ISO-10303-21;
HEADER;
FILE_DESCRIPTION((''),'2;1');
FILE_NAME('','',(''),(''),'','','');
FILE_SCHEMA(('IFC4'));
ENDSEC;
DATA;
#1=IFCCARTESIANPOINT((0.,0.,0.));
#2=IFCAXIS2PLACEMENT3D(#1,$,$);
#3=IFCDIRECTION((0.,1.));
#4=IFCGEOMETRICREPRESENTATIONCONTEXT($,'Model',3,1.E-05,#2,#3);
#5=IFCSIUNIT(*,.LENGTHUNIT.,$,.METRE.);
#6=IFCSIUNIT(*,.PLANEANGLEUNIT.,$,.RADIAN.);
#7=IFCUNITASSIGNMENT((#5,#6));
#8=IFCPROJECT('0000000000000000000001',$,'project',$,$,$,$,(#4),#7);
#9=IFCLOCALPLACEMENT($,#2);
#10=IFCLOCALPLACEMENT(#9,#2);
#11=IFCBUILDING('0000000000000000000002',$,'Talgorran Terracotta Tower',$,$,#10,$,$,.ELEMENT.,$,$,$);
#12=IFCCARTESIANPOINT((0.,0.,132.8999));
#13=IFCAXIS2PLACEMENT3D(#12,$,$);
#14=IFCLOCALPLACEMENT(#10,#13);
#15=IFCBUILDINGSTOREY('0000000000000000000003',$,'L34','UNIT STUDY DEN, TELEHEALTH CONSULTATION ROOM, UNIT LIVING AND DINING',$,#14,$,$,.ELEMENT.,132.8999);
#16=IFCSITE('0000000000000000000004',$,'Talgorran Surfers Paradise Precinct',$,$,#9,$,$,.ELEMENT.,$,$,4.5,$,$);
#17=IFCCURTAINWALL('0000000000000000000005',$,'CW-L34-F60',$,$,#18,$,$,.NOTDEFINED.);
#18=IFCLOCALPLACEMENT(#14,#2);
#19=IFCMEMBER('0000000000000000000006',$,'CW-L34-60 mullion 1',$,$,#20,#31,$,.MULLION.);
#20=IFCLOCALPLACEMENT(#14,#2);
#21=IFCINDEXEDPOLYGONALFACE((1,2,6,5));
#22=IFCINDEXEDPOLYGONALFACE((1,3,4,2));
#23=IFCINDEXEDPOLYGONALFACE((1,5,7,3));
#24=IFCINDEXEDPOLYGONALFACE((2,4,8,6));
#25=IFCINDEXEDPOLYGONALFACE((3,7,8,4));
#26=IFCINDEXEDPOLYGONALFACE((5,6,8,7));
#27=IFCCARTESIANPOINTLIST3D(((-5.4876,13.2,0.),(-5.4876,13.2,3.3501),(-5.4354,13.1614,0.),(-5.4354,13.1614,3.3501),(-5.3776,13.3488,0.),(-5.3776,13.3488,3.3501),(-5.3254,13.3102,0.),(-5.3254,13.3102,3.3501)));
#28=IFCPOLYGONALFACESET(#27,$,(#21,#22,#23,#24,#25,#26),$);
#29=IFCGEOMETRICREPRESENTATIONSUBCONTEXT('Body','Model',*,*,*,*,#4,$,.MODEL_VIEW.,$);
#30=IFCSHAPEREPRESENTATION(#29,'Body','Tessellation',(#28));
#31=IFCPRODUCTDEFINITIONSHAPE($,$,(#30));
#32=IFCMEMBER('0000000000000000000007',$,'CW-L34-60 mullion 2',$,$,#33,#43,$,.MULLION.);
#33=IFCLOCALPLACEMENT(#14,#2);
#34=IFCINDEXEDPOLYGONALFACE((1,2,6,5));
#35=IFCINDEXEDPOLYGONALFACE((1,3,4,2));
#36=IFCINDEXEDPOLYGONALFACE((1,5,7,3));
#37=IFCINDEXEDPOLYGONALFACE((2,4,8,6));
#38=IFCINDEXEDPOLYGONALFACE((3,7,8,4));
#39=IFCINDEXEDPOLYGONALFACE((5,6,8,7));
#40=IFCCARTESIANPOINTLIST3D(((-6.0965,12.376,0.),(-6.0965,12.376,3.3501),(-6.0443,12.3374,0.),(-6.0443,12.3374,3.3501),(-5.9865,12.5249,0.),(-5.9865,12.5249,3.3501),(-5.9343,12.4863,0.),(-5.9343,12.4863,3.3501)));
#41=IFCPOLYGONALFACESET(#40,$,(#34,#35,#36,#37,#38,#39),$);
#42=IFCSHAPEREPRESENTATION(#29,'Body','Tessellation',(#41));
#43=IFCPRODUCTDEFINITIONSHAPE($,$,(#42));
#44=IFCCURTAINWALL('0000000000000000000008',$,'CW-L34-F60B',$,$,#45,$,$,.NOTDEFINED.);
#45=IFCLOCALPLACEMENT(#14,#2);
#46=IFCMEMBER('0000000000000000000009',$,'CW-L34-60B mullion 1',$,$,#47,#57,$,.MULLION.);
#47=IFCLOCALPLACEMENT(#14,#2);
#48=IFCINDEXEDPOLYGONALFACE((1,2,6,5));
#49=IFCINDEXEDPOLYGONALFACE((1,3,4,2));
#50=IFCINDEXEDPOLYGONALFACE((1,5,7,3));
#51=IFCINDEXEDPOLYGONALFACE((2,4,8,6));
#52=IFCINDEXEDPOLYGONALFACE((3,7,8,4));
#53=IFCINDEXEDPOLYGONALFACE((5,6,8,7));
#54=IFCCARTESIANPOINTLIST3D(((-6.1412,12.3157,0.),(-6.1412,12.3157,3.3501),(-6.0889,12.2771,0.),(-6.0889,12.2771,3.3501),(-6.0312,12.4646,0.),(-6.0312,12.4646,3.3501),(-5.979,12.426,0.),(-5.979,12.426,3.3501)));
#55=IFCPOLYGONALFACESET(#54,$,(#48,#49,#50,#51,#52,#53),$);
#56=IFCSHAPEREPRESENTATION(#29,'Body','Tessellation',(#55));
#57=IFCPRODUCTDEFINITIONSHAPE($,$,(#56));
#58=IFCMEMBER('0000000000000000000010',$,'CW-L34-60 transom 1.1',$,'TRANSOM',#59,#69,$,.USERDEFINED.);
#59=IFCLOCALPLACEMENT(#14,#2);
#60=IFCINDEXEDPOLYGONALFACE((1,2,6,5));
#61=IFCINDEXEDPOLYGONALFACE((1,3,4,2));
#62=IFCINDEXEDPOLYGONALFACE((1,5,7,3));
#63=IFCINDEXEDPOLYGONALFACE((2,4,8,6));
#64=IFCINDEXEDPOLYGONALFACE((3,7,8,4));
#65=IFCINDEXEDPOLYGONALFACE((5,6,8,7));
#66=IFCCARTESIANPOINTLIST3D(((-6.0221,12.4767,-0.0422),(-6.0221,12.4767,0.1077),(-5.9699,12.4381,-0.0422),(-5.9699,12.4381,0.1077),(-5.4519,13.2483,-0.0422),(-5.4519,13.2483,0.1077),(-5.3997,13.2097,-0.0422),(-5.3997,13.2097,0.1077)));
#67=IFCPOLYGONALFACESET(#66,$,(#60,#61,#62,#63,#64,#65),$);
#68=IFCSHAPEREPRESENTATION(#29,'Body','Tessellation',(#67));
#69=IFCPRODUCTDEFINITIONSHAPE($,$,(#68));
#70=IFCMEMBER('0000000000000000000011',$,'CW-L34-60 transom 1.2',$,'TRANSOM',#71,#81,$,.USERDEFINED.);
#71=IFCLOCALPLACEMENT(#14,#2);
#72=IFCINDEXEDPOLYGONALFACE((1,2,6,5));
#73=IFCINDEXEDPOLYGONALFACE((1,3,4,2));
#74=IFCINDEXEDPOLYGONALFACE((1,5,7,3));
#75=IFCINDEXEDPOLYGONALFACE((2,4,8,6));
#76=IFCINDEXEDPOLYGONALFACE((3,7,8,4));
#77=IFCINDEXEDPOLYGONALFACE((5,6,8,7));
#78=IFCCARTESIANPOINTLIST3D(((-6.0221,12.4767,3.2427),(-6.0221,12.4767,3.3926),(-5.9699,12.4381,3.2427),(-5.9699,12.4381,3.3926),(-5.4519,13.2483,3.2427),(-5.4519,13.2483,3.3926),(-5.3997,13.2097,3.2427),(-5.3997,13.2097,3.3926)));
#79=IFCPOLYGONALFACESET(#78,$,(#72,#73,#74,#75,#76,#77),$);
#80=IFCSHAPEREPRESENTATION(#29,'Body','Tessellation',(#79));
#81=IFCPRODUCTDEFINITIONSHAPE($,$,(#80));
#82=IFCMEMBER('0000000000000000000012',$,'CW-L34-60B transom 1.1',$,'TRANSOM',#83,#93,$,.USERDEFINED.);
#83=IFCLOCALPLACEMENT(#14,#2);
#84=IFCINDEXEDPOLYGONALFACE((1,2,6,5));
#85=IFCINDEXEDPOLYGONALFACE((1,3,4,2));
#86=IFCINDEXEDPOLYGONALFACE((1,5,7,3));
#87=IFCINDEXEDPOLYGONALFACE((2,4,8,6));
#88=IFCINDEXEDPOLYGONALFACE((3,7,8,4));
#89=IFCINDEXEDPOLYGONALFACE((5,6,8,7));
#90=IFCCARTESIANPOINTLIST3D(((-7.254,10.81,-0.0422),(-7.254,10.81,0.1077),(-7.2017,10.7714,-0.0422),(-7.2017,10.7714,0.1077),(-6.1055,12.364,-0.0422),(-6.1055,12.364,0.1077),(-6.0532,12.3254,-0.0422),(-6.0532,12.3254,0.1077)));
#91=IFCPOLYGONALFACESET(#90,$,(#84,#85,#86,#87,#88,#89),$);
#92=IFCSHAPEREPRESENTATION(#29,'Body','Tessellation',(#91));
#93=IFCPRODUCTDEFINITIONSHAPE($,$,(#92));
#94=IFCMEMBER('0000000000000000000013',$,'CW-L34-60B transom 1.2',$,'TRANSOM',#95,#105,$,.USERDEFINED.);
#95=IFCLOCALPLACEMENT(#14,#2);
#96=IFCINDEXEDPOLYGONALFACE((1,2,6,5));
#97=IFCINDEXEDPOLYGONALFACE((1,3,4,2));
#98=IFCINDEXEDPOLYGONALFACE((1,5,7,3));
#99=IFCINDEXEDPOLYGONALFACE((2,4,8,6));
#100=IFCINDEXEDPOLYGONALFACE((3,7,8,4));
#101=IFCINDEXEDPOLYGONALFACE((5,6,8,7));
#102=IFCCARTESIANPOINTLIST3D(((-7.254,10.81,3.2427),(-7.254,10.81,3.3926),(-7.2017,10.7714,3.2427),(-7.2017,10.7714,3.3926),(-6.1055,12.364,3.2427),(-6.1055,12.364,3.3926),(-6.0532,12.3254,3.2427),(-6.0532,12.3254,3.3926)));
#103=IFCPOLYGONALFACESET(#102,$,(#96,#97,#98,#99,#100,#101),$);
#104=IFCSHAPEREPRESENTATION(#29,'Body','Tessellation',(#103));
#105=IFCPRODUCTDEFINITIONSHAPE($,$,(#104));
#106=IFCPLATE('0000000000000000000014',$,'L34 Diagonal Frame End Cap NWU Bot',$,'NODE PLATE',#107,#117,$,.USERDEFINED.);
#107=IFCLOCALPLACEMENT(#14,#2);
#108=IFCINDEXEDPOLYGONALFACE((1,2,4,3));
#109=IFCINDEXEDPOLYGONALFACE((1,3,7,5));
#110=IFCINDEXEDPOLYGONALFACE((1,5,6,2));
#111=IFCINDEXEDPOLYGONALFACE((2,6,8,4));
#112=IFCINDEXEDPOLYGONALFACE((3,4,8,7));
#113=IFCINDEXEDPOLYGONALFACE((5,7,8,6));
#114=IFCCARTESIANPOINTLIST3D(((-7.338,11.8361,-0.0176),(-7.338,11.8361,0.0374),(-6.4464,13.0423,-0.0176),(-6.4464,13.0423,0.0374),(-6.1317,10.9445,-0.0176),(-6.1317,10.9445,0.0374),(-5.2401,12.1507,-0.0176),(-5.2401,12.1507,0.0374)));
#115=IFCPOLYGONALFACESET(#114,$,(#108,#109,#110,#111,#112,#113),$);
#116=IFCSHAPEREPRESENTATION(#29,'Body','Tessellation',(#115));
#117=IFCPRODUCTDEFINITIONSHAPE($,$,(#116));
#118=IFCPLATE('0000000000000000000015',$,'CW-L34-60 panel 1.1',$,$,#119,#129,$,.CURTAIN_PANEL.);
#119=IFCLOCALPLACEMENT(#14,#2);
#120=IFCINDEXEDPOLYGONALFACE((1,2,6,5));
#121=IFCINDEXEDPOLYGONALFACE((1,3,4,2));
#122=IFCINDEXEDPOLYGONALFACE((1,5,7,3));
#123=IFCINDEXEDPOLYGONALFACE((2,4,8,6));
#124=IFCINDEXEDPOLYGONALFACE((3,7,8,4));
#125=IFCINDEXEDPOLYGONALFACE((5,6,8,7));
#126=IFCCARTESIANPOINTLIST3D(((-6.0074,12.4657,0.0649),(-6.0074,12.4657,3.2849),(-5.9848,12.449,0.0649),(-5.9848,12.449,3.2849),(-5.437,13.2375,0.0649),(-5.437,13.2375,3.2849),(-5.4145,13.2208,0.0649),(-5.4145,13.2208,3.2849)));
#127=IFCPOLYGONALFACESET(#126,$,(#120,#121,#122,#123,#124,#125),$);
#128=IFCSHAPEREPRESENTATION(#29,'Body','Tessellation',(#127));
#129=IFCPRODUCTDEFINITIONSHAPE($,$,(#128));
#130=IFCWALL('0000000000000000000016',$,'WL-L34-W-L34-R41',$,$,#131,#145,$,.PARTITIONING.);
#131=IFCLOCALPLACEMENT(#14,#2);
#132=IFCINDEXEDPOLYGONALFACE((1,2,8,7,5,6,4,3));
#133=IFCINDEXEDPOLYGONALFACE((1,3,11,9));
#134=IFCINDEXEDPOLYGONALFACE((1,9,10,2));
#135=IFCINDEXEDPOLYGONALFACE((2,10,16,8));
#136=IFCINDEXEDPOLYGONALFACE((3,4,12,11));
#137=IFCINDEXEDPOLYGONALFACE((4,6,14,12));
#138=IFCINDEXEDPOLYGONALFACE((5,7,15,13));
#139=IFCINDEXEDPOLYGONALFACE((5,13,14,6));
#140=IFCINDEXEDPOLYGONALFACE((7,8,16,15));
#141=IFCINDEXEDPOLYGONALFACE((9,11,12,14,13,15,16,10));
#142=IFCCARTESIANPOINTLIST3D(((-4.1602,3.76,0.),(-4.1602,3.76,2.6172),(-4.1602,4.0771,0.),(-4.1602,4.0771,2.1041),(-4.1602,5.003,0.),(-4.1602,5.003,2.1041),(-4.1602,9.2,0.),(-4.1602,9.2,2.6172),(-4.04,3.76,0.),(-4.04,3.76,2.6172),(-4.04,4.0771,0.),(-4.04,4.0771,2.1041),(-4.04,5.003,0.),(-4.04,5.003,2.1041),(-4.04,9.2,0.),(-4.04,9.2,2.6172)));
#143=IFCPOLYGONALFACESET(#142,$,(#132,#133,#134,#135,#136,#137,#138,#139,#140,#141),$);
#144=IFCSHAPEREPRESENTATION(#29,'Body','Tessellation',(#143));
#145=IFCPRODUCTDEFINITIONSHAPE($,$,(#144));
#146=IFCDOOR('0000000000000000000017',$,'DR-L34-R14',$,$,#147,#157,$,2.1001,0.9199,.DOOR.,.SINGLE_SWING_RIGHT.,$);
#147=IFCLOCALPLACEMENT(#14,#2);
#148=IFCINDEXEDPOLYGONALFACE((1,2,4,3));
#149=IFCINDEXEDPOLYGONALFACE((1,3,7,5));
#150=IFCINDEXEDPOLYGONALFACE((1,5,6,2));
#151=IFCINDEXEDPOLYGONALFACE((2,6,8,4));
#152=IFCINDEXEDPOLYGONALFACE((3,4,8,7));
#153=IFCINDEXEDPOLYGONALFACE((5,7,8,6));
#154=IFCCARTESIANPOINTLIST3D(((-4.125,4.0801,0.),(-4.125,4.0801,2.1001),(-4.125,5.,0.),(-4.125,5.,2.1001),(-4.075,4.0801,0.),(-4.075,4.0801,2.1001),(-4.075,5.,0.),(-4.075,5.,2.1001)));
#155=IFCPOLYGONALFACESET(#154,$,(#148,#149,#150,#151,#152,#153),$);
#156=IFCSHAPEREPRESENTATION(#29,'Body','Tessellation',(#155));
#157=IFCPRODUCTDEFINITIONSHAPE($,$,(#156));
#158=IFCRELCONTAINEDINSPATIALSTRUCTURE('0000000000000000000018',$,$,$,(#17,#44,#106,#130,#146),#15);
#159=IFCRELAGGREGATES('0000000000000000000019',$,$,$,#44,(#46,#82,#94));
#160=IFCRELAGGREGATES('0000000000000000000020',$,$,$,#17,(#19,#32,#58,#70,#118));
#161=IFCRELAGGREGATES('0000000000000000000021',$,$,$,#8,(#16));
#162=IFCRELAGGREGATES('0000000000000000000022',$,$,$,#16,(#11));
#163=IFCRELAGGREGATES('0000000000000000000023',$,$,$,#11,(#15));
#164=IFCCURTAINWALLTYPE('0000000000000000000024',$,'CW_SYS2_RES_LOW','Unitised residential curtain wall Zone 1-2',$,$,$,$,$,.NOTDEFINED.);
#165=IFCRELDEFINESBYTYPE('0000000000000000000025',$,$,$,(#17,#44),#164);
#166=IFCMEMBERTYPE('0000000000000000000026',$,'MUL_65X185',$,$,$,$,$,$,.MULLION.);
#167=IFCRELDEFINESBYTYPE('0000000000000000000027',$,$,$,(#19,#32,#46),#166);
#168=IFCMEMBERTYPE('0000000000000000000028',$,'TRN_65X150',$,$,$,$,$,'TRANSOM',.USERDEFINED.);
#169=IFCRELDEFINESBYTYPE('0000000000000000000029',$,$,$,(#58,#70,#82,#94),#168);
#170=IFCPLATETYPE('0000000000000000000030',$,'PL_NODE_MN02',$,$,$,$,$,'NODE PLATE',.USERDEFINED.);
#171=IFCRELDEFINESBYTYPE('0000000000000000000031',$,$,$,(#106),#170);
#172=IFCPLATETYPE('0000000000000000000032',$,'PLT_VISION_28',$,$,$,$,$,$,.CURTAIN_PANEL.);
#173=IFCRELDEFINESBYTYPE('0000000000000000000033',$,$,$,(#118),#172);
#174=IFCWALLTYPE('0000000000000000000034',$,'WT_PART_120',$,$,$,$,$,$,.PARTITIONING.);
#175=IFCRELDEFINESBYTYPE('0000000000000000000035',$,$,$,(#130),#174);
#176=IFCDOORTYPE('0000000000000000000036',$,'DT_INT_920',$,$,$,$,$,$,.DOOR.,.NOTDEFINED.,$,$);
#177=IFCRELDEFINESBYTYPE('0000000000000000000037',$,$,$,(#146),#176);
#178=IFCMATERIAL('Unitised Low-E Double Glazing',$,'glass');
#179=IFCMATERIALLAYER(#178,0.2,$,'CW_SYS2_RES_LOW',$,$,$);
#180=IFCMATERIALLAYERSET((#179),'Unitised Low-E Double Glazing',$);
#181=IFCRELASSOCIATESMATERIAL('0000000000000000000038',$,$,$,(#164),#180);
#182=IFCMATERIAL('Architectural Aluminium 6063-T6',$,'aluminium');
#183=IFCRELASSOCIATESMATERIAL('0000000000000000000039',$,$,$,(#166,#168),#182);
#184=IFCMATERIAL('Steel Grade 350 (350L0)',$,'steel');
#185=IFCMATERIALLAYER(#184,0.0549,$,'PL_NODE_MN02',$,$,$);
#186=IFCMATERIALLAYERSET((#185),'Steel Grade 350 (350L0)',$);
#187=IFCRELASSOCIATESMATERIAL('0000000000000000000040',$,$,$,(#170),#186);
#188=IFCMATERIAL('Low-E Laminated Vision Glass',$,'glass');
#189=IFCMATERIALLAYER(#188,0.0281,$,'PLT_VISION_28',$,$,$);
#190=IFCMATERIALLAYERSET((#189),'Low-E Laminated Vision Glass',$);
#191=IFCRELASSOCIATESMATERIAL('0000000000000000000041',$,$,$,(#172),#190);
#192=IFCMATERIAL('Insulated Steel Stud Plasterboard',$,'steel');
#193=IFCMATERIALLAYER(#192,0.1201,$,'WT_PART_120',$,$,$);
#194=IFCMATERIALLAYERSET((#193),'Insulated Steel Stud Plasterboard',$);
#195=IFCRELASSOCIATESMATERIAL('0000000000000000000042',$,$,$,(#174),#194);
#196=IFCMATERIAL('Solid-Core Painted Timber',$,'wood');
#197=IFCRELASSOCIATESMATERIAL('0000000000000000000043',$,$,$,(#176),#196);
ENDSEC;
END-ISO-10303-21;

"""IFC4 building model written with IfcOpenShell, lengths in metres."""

from ifc_helpers import new_model, si_unit, direction, frame, frame_2d, origin, origin_2d, place, context, subcontext, project, spatial, rectangle, extrude, source, transform, mapped, material, layer, layer_set, material_profile, profile_set, type_object, type_shapes, element, fill, aggregate, save


model = new_model("IFC4")

# Units and contexts
model_context = context("Model", 3, precision=1e-05, world=origin(), true_north=direction((0.0, 1.0)))
body_context = subcontext(model_context, "Body", "Model", "MODEL_VIEW")
ifc_project = project(units=[si_unit("LENGTHUNIT", "METRE"), si_unit("PLANEANGLEUNIT", "RADIAN")], contexts=[model_context])

# Site, building, storey
site_placement = place(None, origin())
site = spatial("IfcSite", under=ifc_project, at=site_placement, Name="Talgorran Surfers Paradise Precinct", CompositionType="ELEMENT", RefElevation=4.5)
building_placement = place(site_placement, origin())
building = spatial("IfcBuilding", under=site, at=building_placement, Name="Talgorran Terracotta Tower", CompositionType="ELEMENT")
storey_placement = place(building_placement, frame((0.0, 0.0, 132.8999)))
storey = spatial("IfcBuildingStorey", under=building, at=storey_placement, Name="L34", Description="UNIT STUDY DEN, TELEHEALTH CONSULTATION ROOM, UNIT LIVING AND DINING", CompositionType="ELEMENT", Elevation=132.8999)

# Shared definitions
ifc_material_1 = material(Name="Steel Grade 350 (350L0)", Category="steel")

# Shared definitions
ifc_material_2 = material(Name="Unitised Low-E Double Glazing", Category="glass")
ifc_layer_1 = layer(ifc_material_2, 0.2, Name="CW_SYS2_RES_LOW")
ifc_layer_set_1 = layer_set([ifc_layer_1], Name="Unitised Low-E Double Glazing")
curtain_wall_type = type_object("IfcCurtainWallType", Name="CW_SYS2_RES_LOW", Description="Unitised residential curtain wall Zone 1-2", PredefinedType="NOTDEFINED", material=ifc_layer_set_1)
ifc_material_3 = material(Name="Architectural Aluminium 6063-T6", Category="aluminium")
ifc_material_profile_1 = material_profile(ifc_material_3, rectangle(XDim=0.0649, YDim=0.1851, at=origin_2d()), Name="CWM65X185")
ifc_profile_set_1 = profile_set([ifc_material_profile_1], Name="Architectural Aluminium 6063-T6")
member_type_1 = type_object("IfcMemberType", Name="MUL_65X185", PredefinedType="MULLION", material=ifc_profile_set_1)

# Curtain wall, members
curtain_wall_1_placement = place(storey_placement, origin())
curtain_wall_1 = element("IfcCurtainWall", 1, at=curtain_wall_1_placement, inside=storey, type_object=curtain_wall_type, Name="CW-L34-F60", PredefinedType="NOTDEFINED")
member_1_placement = place(storey_placement, frame((-5.4065, 13.2551, 0.0), z_axis=(0.0, 0.0, 1.0), x_axis=(0.80422, -0.594332, 0.0)))
member_1 = element("IfcMember", 2, at=member_1_placement, type_object=member_type_1, Name="CW-L34-60 mullion 1", PredefinedType="MULLION", context=body_context, shape_type="SweptSolid", body=[
    extrude(rectangle(XDim=0.0649, YDim=0.1851, at=origin_2d()), origin(), (0.0, 0.0, 1.0), 3.3501),
])
member_2_placement = place(storey_placement, frame((-6.0154, 12.4312, 0.0), z_axis=(0.0, 0.0, 1.0), x_axis=(0.80422, -0.594332, 0.0)))
member_2 = element("IfcMember", 3, at=member_2_placement, type_object=member_type_1, Name="CW-L34-60 mullion 2", PredefinedType="MULLION", context=body_context, shape_type="SweptSolid", body=[
    extrude(rectangle(XDim=0.0649, YDim=0.1851, at=origin_2d()), origin(), (0.0, 0.0, 1.0), 3.3501),
])

# Curtain wall, member
curtain_wall_2_placement = place(storey_placement, origin())
curtain_wall_2 = element("IfcCurtainWall", 4, at=curtain_wall_2_placement, inside=storey, type_object=curtain_wall_type, Name="CW-L34-F60B", PredefinedType="NOTDEFINED")
member_3_placement = place(storey_placement, frame((-6.0601, 12.3708, 0.0), z_axis=(0.0, 0.0, 1.0), x_axis=(0.80421, -0.594345, 0.0)))
member_3 = element("IfcMember", 5, at=member_3_placement, type_object=member_type_1, Name="CW-L34-60B mullion 1", PredefinedType="MULLION", context=body_context, shape_type="SweptSolid", body=[
    extrude(rectangle(XDim=0.0649, YDim=0.1851, at=origin_2d()), origin(), (0.0, 0.0, 1.0), 3.3501),
])

# Members
ifc_material_profile_2 = material_profile(ifc_material_3, rectangle(XDim=0.0649, YDim=0.1499, at=origin_2d()), Name="CWT65X150")
ifc_profile_set_2 = profile_set([ifc_material_profile_2], Name="Architectural Aluminium 6063-T6")
member_type_2 = type_object("IfcMemberType", Name="TRN_65X150", ElementType="TRANSOM", PredefinedType="USERDEFINED", material=ifc_profile_set_2)
member_4_placement = place(storey_placement, frame((-5.4258, 13.229, 0.0327), z_axis=(-0.594327, -0.804224, 0.0), x_axis=(0.804224, -0.594327, 0.0)))
member_4 = element("IfcMember", 6, at=member_4_placement, type_object=member_type_2, Name="CW-L34-60 transom 1.1", ObjectType="TRANSOM", PredefinedType="USERDEFINED", context=body_context, shape_type="SweptSolid", body=[
    extrude(rectangle(XDim=0.0649, YDim=0.1499, at=origin_2d()), origin(), (0.0, 0.0, 1.0), 0.9595),
])
member_5_placement = place(storey_placement, frame((-5.4258, 13.229, 3.3176), z_axis=(-0.594327, -0.804224, 0.0), x_axis=(0.804224, -0.594327, 0.0)))
member_5 = element("IfcMember", 7, at=member_5_placement, type_object=member_type_2, Name="CW-L34-60 transom 1.2", ObjectType="TRANSOM", PredefinedType="USERDEFINED", context=body_context, shape_type="SweptSolid", body=[
    extrude(rectangle(XDim=0.0649, YDim=0.1499, at=origin_2d()), origin(), (0.0, 0.0, 1.0), 0.9595),
])
member_6_placement = place(storey_placement, frame((-6.0793, 12.3447, 0.0327), z_axis=(-0.594345, -0.80421, 0.0), x_axis=(0.80421, -0.594345, 0.0)))
member_6 = element("IfcMember", 8, at=member_6_placement, type_object=member_type_2, Name="CW-L34-60B transom 1.1", ObjectType="TRANSOM", PredefinedType="USERDEFINED", context=body_context, shape_type="SweptSolid", body=[
    extrude(rectangle(XDim=0.0649, YDim=0.1499, at=origin_2d()), origin(), (0.0, 0.0, 1.0), 1.9324),
])
member_7_placement = place(storey_placement, frame((-6.0793, 12.3447, 3.3176), z_axis=(-0.594345, -0.80421, 0.0), x_axis=(0.80421, -0.594345, 0.0)))
member_7 = element("IfcMember", 9, at=member_7_placement, type_object=member_type_2, Name="CW-L34-60B transom 1.2", ObjectType="TRANSOM", PredefinedType="USERDEFINED", context=body_context, shape_type="SweptSolid", body=[
    extrude(rectangle(XDim=0.0649, YDim=0.1499, at=origin_2d()), origin(), (0.0, 0.0, 1.0), 1.9324),
])
aggregate(curtain_wall_2, [member_3, member_6, member_7])

# Plates
ifc_layer_2 = layer(ifc_material_1, 0.0549, Name="PL_NODE_MN02")
ifc_layer_set_2 = layer_set([ifc_layer_2], Name="Steel Grade 350 (350L0)")
plate_type_1 = type_object("IfcPlateType", Name="PL_NODE_MN02", ElementType="NODE PLATE", PredefinedType="USERDEFINED", material=ifc_layer_set_2)
plate_1_placement = place(storey_placement, frame((-6.2891, 11.9934, -0.0176), z_axis=(0.0, 0.0, 1.0), x_axis=(-0.594402, -0.804168, 0.0)))
element("IfcPlate", 10, at=plate_1_placement, inside=storey, type_object=plate_type_1, Name="L34 Diagonal Frame End Cap NWU Bot", ObjectType="NODE PLATE", PredefinedType="USERDEFINED", context=body_context, shape_type="SweptSolid", body=[
    extrude(rectangle(XDim=1.5, YDim=1.5, at=origin_2d()), origin(), (0.0, 0.0, 1.0), 0.0549),
])
ifc_material_4 = material(Name="Low-E Laminated Vision Glass", Category="glass")
ifc_layer_3 = layer(ifc_material_4, 0.0281, Name="PLT_VISION_28")
ifc_layer_set_3 = layer_set([ifc_layer_3], Name="Low-E Laminated Vision Glass")
plate_type_2 = type_object("IfcPlateType", Name="PLT_VISION_28", PredefinedType="CURTAIN_PANEL", material=ifc_layer_set_3)
shared_shape = source(origin(), body_context, "Body", "SweptSolid", [
    extrude(rectangle(XDim=0.9597, YDim=0.0281, at=origin_2d()), origin(), (0.0, 0.0, 1.0), 3.22),
])
type_shapes(plate_type_2, [shared_shape])
plate_2_placement = place(storey_placement, frame((-5.7109, 12.8433, 0.0649), z_axis=(0.0, 0.0, 1.0), x_axis=(-0.594332, -0.80422, 0.0)))
plate_2 = element("IfcPlate", 11, at=plate_2_placement, type_object=plate_type_2, Name="CW-L34-60 panel 1.1", PredefinedType="CURTAIN_PANEL", context=body_context, shape_type="MappedRepresentation", body=[
    mapped(shared_shape, transform((0.0, 0.0, 0.0), scale=1.0)),
])
aggregate(curtain_wall_1, [member_1, member_2, member_4, member_5, plate_2])

# Wall, opening, door
ifc_material_5 = material(Name="Insulated Steel Stud Plasterboard", Category="steel")
ifc_layer_4 = layer(ifc_material_5, 0.1201, Name="WT_PART_120")
ifc_layer_set_4 = layer_set([ifc_layer_4], Name="Insulated Steel Stud Plasterboard")
wall_type = type_object("IfcWallType", Name="WT_PART_120", PredefinedType="PARTITIONING", material=ifc_layer_set_4)
wall_1_placement = place(storey_placement, frame((-4.1001, 3.76, 0.0), z_axis=(0.0, 0.0, 1.0), x_axis=(0.0, 1.0, 0.0)))
wall_1 = element("IfcWall", 12, at=wall_1_placement, inside=storey, type_object=wall_type, Name="WL-L34-W-L34-R41", PredefinedType="PARTITIONING", context=body_context, shape_type="SweptSolid", body=[
    extrude(rectangle(XDim=5.4399, YDim=0.1201, at=frame_2d((2.72, 0.0))), origin(), (0.0, 0.0, 1.0), 2.6172),
])
opening_1_placement = place(wall_1_placement, frame((0.3201, 0.0, 0.0)))
opening_1 = element("IfcOpeningElement", 13, at=opening_1_placement, cuts=wall_1, PredefinedType="OPENING", context=body_context, shape_type="SweptSolid", body=[
    extrude(rectangle(XDim=0.9259, YDim=2.1041, at=frame_2d((0.46, 1.052))), frame((0.0, 0.0701, 0.0), z_axis=(0.0, -1.0, 0.0), x_axis=(1.0, 0.0, 0.0)), (0.0, 0.0, 1.0), 0.1401),
])
ifc_material_6 = material(Name="Solid-Core Painted Timber", Category="wood")
door_type = type_object("IfcDoorType", Name="DT_INT_920", OperationType="NOTDEFINED", PredefinedType="DOOR", material=ifc_material_6)
door_1_placement = place(opening_1_placement, origin())
door_1 = element("IfcDoor", 14, at=door_1_placement, inside=storey, type_object=door_type, Name="DR-L34-R14", OperationType="SINGLE_SWING_RIGHT", OverallHeight=2.1001, OverallWidth=0.9199, PredefinedType="DOOR", context=body_context, shape_type="SweptSolid", body=[
    extrude(rectangle(XDim=0.9199, YDim=2.1001, at=frame_2d((0.46, 1.05))), frame((0.0, 0.0249, 0.0), z_axis=(0.0, -1.0, 0.0), x_axis=(1.0, 0.0, 0.0)), (0.0, 0.0, 1.0), 0.05),
])
fill(opening_1, door_1)

save(model, "model.ifc")
